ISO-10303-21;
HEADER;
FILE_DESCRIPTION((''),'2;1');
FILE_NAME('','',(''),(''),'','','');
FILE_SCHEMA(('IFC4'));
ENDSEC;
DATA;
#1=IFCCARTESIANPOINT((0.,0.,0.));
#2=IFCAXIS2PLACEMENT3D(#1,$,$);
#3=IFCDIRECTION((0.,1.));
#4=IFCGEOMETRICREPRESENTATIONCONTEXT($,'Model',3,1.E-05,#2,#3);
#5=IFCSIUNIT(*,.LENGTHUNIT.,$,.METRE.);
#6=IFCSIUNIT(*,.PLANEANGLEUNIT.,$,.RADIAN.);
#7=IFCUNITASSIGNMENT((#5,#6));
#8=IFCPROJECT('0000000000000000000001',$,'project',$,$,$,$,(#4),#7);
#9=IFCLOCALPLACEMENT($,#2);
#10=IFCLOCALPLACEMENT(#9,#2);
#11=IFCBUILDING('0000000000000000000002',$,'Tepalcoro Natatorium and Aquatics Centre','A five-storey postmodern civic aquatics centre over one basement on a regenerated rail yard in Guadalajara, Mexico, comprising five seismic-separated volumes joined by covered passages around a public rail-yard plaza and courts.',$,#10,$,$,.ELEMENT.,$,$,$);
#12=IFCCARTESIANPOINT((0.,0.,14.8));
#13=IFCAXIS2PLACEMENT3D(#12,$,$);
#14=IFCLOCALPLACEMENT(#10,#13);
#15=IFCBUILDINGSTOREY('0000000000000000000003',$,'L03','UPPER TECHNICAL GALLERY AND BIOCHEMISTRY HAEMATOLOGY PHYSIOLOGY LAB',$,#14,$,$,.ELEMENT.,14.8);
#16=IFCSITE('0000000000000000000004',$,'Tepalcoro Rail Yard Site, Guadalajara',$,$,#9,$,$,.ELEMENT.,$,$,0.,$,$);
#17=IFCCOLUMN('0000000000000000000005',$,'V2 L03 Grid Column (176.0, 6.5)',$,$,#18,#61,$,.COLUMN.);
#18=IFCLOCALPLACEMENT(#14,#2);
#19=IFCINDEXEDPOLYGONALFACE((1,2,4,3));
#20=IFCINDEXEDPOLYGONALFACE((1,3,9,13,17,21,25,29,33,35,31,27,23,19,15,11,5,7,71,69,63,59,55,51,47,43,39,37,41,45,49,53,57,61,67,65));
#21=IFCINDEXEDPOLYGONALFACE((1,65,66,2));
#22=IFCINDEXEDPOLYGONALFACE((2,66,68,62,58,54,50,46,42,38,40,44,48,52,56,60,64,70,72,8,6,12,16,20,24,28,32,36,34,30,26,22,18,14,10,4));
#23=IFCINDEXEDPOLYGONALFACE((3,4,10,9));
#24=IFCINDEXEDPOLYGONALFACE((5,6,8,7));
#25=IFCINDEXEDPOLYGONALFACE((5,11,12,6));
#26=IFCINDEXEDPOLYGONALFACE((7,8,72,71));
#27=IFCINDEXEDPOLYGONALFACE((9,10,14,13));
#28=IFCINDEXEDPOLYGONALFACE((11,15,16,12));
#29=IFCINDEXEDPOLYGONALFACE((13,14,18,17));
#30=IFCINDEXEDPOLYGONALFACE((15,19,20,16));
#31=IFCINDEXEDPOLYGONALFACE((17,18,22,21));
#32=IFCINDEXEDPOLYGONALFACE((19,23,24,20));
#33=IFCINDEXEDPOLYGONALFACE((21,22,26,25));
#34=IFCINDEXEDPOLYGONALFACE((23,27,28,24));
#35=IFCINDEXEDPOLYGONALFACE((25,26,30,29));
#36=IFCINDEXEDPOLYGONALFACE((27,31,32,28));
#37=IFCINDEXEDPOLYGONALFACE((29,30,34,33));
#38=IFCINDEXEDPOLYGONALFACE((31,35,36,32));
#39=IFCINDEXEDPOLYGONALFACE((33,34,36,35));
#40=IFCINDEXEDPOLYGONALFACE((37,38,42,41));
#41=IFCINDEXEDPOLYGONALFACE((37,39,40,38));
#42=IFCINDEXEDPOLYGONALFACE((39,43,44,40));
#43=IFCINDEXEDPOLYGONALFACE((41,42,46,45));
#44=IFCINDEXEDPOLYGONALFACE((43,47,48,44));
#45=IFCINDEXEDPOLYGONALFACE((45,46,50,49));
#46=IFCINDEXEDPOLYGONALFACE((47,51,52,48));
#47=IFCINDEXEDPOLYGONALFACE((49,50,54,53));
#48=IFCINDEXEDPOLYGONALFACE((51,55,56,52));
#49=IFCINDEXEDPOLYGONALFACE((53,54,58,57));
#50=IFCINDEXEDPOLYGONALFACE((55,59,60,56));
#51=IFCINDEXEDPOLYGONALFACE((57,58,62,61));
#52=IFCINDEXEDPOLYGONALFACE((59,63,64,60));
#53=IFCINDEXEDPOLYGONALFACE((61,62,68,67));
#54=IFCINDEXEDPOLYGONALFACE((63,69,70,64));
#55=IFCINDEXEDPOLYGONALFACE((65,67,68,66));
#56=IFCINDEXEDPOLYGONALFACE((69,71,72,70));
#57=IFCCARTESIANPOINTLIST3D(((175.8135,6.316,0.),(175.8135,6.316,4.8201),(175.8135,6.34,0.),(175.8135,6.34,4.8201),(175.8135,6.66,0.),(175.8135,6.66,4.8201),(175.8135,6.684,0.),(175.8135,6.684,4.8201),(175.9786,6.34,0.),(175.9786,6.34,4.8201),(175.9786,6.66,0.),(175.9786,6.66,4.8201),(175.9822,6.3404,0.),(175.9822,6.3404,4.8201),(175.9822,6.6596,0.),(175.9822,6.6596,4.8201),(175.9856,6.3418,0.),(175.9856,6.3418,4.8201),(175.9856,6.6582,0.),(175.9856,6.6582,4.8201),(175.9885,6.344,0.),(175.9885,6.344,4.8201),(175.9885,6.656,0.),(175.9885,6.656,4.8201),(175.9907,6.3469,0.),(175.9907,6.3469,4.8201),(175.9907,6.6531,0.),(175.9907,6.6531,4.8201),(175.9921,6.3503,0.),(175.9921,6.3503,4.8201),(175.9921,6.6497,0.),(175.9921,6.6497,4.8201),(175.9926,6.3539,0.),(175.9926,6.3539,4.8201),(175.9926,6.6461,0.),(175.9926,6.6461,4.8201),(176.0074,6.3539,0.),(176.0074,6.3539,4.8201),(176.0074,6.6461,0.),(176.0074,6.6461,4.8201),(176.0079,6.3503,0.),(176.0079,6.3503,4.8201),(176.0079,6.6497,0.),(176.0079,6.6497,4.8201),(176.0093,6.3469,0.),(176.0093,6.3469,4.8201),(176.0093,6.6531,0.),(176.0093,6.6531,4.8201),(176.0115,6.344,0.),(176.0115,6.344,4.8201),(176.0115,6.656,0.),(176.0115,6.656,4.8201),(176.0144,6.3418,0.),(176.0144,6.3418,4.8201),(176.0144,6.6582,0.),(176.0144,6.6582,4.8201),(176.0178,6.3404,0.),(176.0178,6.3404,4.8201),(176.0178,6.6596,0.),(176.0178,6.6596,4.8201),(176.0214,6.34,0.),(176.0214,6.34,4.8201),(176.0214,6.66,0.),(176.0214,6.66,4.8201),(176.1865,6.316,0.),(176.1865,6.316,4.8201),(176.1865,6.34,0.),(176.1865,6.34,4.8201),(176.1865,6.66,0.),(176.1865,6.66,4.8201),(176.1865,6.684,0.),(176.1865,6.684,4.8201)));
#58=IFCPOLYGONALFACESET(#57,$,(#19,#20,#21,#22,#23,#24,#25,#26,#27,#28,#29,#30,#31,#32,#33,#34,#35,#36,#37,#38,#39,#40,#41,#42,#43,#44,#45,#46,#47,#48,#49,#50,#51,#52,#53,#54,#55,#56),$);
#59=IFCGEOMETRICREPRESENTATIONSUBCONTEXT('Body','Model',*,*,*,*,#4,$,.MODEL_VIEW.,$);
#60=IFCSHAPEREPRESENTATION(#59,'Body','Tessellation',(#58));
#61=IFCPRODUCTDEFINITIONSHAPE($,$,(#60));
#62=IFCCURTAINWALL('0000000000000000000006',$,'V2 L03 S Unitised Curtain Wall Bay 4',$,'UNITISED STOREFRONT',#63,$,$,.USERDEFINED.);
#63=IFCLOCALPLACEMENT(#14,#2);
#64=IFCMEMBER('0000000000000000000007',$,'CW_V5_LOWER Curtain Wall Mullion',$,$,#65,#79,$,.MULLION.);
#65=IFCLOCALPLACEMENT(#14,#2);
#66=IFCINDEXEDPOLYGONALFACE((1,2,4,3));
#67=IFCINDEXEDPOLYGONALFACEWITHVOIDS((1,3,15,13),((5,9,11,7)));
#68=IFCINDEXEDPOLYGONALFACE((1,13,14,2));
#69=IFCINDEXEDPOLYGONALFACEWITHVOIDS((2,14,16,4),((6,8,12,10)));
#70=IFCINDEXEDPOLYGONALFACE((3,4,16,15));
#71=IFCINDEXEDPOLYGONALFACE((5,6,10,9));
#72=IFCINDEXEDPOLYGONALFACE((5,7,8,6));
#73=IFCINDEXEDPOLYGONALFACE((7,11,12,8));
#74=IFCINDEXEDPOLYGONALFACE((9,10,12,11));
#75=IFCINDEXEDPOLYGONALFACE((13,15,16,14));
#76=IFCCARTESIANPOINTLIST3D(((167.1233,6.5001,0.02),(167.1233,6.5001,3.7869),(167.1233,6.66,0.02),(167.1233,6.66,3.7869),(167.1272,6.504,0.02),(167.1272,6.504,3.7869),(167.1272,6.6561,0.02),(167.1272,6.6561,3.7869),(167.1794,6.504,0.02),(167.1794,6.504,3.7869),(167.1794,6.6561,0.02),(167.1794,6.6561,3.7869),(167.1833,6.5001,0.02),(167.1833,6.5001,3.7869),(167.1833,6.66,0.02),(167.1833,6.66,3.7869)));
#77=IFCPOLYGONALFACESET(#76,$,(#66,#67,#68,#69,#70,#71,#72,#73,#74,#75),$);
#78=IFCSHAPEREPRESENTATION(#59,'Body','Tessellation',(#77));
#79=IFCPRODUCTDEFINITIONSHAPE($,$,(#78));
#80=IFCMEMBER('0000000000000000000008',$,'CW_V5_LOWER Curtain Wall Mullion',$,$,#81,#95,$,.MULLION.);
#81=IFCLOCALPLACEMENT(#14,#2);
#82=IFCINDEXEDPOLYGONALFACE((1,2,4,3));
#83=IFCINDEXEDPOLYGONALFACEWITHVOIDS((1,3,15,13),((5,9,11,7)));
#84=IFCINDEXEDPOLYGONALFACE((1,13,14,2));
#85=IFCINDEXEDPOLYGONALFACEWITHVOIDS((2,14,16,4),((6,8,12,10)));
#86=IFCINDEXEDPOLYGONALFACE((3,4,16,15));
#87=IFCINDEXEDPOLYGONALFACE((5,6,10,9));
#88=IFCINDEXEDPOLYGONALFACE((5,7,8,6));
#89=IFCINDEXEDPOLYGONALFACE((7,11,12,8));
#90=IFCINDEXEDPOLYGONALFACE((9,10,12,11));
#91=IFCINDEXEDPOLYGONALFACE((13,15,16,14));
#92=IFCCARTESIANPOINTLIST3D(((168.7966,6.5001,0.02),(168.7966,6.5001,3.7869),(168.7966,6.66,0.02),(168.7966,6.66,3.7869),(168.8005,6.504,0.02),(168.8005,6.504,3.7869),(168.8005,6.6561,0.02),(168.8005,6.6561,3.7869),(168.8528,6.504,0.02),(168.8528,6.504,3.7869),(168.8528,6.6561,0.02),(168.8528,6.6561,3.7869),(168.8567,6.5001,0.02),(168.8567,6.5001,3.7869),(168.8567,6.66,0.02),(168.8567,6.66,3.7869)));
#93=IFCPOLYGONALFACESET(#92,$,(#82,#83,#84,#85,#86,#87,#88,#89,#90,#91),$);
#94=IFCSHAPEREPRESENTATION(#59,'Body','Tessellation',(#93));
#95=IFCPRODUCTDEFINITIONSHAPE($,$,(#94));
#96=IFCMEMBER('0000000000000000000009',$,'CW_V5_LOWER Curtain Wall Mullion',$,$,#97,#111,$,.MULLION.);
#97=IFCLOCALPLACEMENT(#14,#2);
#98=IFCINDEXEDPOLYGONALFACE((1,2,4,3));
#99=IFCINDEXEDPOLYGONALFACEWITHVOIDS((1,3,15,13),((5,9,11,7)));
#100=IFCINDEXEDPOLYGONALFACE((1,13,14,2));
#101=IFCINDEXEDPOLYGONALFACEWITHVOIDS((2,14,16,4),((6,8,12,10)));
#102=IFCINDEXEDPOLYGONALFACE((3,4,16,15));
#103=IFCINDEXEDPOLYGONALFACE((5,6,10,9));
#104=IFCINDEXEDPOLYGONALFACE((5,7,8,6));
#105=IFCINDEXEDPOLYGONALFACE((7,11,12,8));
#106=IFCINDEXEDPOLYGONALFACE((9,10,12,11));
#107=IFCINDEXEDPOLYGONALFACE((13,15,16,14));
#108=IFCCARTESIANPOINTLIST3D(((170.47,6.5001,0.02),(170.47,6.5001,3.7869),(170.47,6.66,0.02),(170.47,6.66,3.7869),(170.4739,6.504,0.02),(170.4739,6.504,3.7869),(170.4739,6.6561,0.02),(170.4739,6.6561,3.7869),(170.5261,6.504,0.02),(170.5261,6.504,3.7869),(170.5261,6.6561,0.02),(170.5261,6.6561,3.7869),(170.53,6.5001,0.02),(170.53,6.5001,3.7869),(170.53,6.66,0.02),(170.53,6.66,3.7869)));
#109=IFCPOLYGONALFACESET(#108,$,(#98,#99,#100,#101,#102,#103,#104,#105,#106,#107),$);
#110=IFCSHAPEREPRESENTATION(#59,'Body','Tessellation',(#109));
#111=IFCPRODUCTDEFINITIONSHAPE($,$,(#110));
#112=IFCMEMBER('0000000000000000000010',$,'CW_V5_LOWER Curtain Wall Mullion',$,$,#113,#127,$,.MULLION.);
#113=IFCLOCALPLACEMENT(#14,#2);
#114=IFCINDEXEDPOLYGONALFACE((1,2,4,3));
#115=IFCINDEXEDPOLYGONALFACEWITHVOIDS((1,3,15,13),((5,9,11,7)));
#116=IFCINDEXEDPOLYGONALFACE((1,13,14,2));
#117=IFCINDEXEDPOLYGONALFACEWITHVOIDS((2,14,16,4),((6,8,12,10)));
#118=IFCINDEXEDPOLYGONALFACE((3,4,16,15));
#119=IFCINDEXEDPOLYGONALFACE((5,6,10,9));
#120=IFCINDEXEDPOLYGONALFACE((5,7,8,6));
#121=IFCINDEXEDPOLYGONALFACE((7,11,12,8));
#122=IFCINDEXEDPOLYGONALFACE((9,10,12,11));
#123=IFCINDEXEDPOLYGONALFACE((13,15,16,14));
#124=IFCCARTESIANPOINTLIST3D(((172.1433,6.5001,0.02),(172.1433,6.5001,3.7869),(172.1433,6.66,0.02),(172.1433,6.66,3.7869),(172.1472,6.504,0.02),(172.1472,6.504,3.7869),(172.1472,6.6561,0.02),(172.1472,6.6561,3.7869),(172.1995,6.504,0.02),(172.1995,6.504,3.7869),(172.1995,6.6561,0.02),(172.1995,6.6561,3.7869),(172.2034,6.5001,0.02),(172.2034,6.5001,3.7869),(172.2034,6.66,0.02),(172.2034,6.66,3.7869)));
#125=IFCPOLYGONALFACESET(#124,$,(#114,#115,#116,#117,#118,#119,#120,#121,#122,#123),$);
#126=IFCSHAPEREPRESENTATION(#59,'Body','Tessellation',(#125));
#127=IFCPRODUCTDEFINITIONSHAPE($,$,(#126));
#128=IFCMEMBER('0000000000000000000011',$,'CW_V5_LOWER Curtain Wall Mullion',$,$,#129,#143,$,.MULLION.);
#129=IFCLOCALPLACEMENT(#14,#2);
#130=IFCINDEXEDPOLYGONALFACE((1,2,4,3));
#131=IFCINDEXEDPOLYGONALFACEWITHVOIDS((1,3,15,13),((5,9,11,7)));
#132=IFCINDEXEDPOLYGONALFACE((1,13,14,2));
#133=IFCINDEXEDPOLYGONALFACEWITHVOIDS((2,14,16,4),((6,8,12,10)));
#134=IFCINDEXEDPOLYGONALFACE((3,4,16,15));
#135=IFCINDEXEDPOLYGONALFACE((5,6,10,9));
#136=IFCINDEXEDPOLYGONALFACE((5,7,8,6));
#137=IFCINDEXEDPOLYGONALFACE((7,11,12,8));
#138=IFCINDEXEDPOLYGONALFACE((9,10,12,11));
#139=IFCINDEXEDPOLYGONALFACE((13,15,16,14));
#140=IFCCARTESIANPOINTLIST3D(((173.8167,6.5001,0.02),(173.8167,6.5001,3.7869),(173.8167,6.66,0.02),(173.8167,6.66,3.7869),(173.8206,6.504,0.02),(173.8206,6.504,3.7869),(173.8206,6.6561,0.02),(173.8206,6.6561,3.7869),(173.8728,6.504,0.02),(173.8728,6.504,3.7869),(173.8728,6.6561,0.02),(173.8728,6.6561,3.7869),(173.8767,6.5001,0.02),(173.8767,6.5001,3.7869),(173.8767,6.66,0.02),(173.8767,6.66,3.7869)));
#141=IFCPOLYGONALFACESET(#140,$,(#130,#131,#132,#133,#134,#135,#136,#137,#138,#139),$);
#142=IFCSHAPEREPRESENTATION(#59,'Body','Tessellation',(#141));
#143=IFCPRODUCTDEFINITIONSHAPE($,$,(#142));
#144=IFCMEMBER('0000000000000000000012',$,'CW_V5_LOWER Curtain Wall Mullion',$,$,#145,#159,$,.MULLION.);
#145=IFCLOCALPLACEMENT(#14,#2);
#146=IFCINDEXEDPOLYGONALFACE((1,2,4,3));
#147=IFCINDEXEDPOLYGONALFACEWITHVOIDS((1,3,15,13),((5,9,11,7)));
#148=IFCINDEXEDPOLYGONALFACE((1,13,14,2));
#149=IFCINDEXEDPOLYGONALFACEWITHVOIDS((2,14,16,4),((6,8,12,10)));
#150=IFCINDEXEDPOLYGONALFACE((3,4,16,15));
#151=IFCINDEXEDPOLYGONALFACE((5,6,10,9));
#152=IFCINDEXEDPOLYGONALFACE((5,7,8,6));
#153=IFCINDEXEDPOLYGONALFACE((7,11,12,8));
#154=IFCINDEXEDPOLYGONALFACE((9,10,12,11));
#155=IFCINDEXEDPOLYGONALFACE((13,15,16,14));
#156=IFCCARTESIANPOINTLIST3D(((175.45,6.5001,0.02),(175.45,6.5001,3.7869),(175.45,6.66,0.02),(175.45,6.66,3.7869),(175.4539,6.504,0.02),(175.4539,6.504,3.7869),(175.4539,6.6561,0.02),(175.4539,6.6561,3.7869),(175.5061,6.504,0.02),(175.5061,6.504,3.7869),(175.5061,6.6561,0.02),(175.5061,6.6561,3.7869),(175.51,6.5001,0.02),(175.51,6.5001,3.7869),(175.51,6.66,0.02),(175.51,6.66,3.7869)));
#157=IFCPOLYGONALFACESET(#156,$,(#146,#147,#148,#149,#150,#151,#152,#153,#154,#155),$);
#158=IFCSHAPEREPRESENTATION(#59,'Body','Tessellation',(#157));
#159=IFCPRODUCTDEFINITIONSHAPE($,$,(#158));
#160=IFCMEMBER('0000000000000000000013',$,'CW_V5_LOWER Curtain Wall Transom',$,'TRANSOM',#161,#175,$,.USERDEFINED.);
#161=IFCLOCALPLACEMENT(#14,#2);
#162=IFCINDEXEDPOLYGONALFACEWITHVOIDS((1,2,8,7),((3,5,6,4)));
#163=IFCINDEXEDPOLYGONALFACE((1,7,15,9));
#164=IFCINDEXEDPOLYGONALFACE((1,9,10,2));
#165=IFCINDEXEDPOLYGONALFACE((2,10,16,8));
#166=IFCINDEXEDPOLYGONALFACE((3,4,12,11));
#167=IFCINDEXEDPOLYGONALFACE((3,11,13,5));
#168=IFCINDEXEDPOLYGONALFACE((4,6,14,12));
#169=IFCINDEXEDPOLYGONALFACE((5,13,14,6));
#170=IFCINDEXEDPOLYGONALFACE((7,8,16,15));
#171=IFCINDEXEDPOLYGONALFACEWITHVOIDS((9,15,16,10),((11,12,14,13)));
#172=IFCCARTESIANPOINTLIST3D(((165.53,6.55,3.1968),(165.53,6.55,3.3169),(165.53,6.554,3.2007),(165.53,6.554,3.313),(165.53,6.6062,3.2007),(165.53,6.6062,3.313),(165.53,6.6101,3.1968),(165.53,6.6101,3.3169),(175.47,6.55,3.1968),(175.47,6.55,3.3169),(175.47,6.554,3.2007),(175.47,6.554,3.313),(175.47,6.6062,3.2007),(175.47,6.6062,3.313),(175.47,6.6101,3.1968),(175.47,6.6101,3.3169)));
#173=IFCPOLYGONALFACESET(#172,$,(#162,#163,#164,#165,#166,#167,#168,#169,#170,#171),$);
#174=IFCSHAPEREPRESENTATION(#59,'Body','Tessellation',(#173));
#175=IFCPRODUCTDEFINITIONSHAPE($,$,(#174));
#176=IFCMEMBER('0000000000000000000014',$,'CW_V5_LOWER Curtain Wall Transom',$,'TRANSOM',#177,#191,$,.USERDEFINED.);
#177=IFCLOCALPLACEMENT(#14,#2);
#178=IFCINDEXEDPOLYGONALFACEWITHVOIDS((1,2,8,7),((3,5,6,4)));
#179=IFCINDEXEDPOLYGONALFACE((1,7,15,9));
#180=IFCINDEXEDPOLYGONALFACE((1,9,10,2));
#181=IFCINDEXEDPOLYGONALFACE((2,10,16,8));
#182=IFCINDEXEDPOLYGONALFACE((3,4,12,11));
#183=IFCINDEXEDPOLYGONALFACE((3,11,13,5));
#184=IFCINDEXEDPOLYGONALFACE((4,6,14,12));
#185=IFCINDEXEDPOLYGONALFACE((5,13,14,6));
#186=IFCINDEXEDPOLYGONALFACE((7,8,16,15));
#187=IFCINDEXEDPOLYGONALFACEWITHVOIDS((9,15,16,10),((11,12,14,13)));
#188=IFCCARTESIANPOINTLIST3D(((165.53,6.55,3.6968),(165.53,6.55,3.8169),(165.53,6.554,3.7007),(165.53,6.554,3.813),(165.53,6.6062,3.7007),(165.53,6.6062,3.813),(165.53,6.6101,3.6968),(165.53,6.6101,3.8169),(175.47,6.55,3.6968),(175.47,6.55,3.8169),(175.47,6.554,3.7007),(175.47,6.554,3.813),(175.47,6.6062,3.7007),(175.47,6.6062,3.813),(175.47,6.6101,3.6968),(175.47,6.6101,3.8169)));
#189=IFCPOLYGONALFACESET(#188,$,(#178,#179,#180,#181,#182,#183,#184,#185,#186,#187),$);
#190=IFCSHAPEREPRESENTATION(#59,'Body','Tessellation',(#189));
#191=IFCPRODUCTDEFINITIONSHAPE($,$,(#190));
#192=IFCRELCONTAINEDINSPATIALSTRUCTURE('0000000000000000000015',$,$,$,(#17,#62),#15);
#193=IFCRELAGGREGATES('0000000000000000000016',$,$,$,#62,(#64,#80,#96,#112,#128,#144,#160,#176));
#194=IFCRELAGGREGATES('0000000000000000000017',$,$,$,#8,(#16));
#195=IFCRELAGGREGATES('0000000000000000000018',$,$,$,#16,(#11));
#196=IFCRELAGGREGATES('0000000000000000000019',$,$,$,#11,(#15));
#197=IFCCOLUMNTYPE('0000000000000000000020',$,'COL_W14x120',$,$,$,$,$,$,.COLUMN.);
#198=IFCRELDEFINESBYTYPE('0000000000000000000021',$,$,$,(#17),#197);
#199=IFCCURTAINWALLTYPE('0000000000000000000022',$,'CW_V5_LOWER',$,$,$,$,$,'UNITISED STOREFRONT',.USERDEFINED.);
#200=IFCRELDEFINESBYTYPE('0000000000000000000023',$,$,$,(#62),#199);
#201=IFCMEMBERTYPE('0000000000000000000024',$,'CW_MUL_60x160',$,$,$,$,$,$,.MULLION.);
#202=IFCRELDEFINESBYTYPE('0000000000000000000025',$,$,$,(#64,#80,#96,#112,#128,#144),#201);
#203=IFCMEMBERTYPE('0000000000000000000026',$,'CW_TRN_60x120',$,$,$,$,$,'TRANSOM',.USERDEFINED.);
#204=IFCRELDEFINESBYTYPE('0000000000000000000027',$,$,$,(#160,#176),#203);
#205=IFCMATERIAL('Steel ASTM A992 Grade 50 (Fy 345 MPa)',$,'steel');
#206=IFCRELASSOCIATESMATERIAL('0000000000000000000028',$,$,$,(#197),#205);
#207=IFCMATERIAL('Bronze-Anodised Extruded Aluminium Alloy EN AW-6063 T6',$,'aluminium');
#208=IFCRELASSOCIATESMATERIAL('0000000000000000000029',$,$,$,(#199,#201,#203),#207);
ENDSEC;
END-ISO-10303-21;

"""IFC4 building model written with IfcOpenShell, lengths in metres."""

from ifc_helpers import new_model, si_unit, direction, frame, origin, origin_2d, place, context, subcontext, project, spatial, hollow_rectangle, i_section, extrude, material, material_profile, profile_set, type_object, element, aggregate, save


model = new_model("IFC4")

# Units and contexts
model_context = context("Model", 3, precision=1e-05, world=origin(), true_north=direction((0.0, 1.0)))
body_context = subcontext(model_context, "Body", "Model", "MODEL_VIEW")
ifc_project = project(units=[si_unit("LENGTHUNIT", "METRE"), si_unit("PLANEANGLEUNIT", "RADIAN")], contexts=[model_context])

# Site, building, storey
site_placement = place(None, origin())
site = spatial("IfcSite", under=ifc_project, at=site_placement, Name="Tepalcoro Rail Yard Site, Guadalajara", CompositionType="ELEMENT", RefElevation=0.0)
building_placement = place(site_placement, origin())
building = spatial("IfcBuilding", under=site, at=building_placement, Name="Tepalcoro Natatorium and Aquatics Centre", Description="A five-storey postmodern civic aquatics centre over one basement on a regenerated rail yard in Guadalajara, Mexico, comprising five seismic-separated volumes joined by covered passages around a public rail-yard plaza and courts.", CompositionType="ELEMENT")
storey_placement = place(building_placement, frame((0.0, 0.0, 14.8)))
storey = spatial("IfcBuildingStorey", under=building, at=storey_placement, Name="L03", Description="UPPER TECHNICAL GALLERY AND BIOCHEMISTRY HAEMATOLOGY PHYSIOLOGY LAB", CompositionType="ELEMENT", Elevation=14.8)

# Column
ifc_material_1 = material(Name="Steel ASTM A992 Grade 50 (Fy 345 MPa)", Category="steel")
ifc_material_profile_1 = material_profile(ifc_material_1, i_section(OverallWidth=0.373, OverallDepth=0.3679, WebThickness=0.0149, FlangeThickness=0.0239, FilletRadius=0.0139, at=origin_2d()), Name="W14X120")
ifc_profile_set_1 = profile_set([ifc_material_profile_1], Name="Steel ASTM A992 Grade 50 (Fy 345 MPa)")
column_type = type_object("IfcColumnType", Name="COL_W14x120", PredefinedType="COLUMN", material=ifc_profile_set_1)
column_placement = place(storey_placement, frame((176.0, 6.5, 0.0), z_axis=(0.0, 0.0, 1.0), x_axis=(1.0, 0.0, 0.0)))
element("IfcColumn", 1, at=column_placement, inside=storey, type_object=column_type, Name="V2 L03 Grid Column (176.0, 6.5)", PredefinedType="COLUMN", context=body_context, shape_type="SweptSolid", body=[
    extrude(i_section(OverallWidth=0.373, OverallDepth=0.3679, WebThickness=0.0149, FlangeThickness=0.0239, FilletRadius=0.0139, at=origin_2d()), origin(), (0.0, 0.0, 1.0), 4.8201),
])

# Curtain wall, members
ifc_material_2 = material(Name="Bronze-Anodised Extruded Aluminium Alloy EN AW-6063 T6", Category="aluminium")
curtain_wall_type = type_object("IfcCurtainWallType", Name="CW_V5_LOWER", ElementType="UNITISED STOREFRONT", PredefinedType="USERDEFINED", material=ifc_material_2)
curtain_wall_placement = place(storey_placement, origin())
curtain_wall = element("IfcCurtainWall", 2, at=curtain_wall_placement, inside=storey, type_object=curtain_wall_type, Name="V2 L03 S Unitised Curtain Wall Bay 4", ObjectType="UNITISED STOREFRONT", PredefinedType="USERDEFINED")
ifc_material_profile_2 = material_profile(ifc_material_2, hollow_rectangle(XDim=0.0601, YDim=0.1599, WallThickness=0.0039, at=origin_2d()), Name="AL60X160X4")
ifc_profile_set_2 = profile_set([ifc_material_profile_2], Name="Bronze-Anodised Extruded Aluminium Alloy EN AW-6063 T6")
member_type_1 = type_object("IfcMemberType", Name="CW_MUL_60x160", PredefinedType="MULLION", material=ifc_profile_set_2)
member_1_placement = place(storey_placement, frame((167.1533, 6.5801, 0.02), z_axis=(0.0, 0.0, 1.0), x_axis=(1.0, 0.0, 0.0)))
member_1 = element("IfcMember", 3, at=member_1_placement, type_object=member_type_1, Name="CW_V5_LOWER Curtain Wall Mullion", PredefinedType="MULLION", context=body_context, shape_type="SweptSolid", body=[
    extrude(hollow_rectangle(XDim=0.0601, YDim=0.1599, WallThickness=0.0039, at=origin_2d()), origin(), (0.0, 0.0, 1.0), 3.7668),
])
member_2_placement = place(storey_placement, frame((168.8267, 6.5801, 0.02), z_axis=(0.0, 0.0, 1.0), x_axis=(1.0, 0.0, 0.0)))
member_2 = element("IfcMember", 4, at=member_2_placement, type_object=member_type_1, Name="CW_V5_LOWER Curtain Wall Mullion", PredefinedType="MULLION", context=body_context, shape_type="SweptSolid", body=[
    extrude(hollow_rectangle(XDim=0.0601, YDim=0.1599, WallThickness=0.0039, at=origin_2d()), origin(), (0.0, 0.0, 1.0), 3.7668),
])
member_3_placement = place(storey_placement, frame((170.5, 6.5801, 0.02), z_axis=(0.0, 0.0, 1.0), x_axis=(1.0, 0.0, 0.0)))
member_3 = element("IfcMember", 5, at=member_3_placement, type_object=member_type_1, Name="CW_V5_LOWER Curtain Wall Mullion", PredefinedType="MULLION", context=body_context, shape_type="SweptSolid", body=[
    extrude(hollow_rectangle(XDim=0.0601, YDim=0.1599, WallThickness=0.0039, at=origin_2d()), origin(), (0.0, 0.0, 1.0), 3.7668),
])
member_4_placement = place(storey_placement, frame((172.1733, 6.5801, 0.02), z_axis=(0.0, 0.0, 1.0), x_axis=(1.0, 0.0, 0.0)))
member_4 = element("IfcMember", 6, at=member_4_placement, type_object=member_type_1, Name="CW_V5_LOWER Curtain Wall Mullion", PredefinedType="MULLION", context=body_context, shape_type="SweptSolid", body=[
    extrude(hollow_rectangle(XDim=0.0601, YDim=0.1599, WallThickness=0.0039, at=origin_2d()), origin(), (0.0, 0.0, 1.0), 3.7668),
])
member_5_placement = place(storey_placement, frame((173.8467, 6.5801, 0.02), z_axis=(0.0, 0.0, 1.0), x_axis=(1.0, 0.0, 0.0)))
member_5 = element("IfcMember", 7, at=member_5_placement, type_object=member_type_1, Name="CW_V5_LOWER Curtain Wall Mullion", PredefinedType="MULLION", context=body_context, shape_type="SweptSolid", body=[
    extrude(hollow_rectangle(XDim=0.0601, YDim=0.1599, WallThickness=0.0039, at=origin_2d()), origin(), (0.0, 0.0, 1.0), 3.7668),
])
member_6_placement = place(storey_placement, frame((175.48, 6.5801, 0.02), z_axis=(0.0, 0.0, 1.0), x_axis=(1.0, 0.0, 0.0)))
member_6 = element("IfcMember", 8, at=member_6_placement, type_object=member_type_1, Name="CW_V5_LOWER Curtain Wall Mullion", PredefinedType="MULLION", context=body_context, shape_type="SweptSolid", body=[
    extrude(hollow_rectangle(XDim=0.0601, YDim=0.1599, WallThickness=0.0039, at=origin_2d()), origin(), (0.0, 0.0, 1.0), 3.7668),
])
ifc_material_profile_3 = material_profile(ifc_material_2, hollow_rectangle(XDim=0.0601, YDim=0.1201, WallThickness=0.0039, at=origin_2d()), Name="AL60X120X4")
ifc_profile_set_3 = profile_set([ifc_material_profile_3], Name="Bronze-Anodised Extruded Aluminium Alloy EN AW-6063 T6")
member_type_2 = type_object("IfcMemberType", Name="CW_TRN_60x120", ElementType="TRANSOM", PredefinedType="USERDEFINED", material=ifc_profile_set_3)
member_7_placement = place(storey_placement, frame((165.53, 6.5801, 3.2568), z_axis=(1.0, 0.0, 0.0), x_axis=(0.0, 1.0, 0.0)))
member_7 = element("IfcMember", 9, at=member_7_placement, type_object=member_type_2, Name="CW_V5_LOWER Curtain Wall Transom", ObjectType="TRANSOM", PredefinedType="USERDEFINED", context=body_context, shape_type="SweptSolid", body=[
    extrude(hollow_rectangle(XDim=0.0601, YDim=0.1201, WallThickness=0.0039, at=origin_2d()), origin(), (0.0, 0.0, 1.0), 9.9399),
])
member_8_placement = place(storey_placement, frame((165.53, 6.5801, 3.7568), z_axis=(1.0, 0.0, 0.0), x_axis=(0.0, 1.0, 0.0)))
member_8 = element("IfcMember", 10, at=member_8_placement, type_object=member_type_2, Name="CW_V5_LOWER Curtain Wall Transom", ObjectType="TRANSOM", PredefinedType="USERDEFINED", context=body_context, shape_type="SweptSolid", body=[
    extrude(hollow_rectangle(XDim=0.0601, YDim=0.1201, WallThickness=0.0039, at=origin_2d()), origin(), (0.0, 0.0, 1.0), 9.9399),
])

aggregate(curtain_wall, [member_1, member_2, member_3, member_4, member_5, member_6, member_7, member_8])

save(model, "model.ifc")
